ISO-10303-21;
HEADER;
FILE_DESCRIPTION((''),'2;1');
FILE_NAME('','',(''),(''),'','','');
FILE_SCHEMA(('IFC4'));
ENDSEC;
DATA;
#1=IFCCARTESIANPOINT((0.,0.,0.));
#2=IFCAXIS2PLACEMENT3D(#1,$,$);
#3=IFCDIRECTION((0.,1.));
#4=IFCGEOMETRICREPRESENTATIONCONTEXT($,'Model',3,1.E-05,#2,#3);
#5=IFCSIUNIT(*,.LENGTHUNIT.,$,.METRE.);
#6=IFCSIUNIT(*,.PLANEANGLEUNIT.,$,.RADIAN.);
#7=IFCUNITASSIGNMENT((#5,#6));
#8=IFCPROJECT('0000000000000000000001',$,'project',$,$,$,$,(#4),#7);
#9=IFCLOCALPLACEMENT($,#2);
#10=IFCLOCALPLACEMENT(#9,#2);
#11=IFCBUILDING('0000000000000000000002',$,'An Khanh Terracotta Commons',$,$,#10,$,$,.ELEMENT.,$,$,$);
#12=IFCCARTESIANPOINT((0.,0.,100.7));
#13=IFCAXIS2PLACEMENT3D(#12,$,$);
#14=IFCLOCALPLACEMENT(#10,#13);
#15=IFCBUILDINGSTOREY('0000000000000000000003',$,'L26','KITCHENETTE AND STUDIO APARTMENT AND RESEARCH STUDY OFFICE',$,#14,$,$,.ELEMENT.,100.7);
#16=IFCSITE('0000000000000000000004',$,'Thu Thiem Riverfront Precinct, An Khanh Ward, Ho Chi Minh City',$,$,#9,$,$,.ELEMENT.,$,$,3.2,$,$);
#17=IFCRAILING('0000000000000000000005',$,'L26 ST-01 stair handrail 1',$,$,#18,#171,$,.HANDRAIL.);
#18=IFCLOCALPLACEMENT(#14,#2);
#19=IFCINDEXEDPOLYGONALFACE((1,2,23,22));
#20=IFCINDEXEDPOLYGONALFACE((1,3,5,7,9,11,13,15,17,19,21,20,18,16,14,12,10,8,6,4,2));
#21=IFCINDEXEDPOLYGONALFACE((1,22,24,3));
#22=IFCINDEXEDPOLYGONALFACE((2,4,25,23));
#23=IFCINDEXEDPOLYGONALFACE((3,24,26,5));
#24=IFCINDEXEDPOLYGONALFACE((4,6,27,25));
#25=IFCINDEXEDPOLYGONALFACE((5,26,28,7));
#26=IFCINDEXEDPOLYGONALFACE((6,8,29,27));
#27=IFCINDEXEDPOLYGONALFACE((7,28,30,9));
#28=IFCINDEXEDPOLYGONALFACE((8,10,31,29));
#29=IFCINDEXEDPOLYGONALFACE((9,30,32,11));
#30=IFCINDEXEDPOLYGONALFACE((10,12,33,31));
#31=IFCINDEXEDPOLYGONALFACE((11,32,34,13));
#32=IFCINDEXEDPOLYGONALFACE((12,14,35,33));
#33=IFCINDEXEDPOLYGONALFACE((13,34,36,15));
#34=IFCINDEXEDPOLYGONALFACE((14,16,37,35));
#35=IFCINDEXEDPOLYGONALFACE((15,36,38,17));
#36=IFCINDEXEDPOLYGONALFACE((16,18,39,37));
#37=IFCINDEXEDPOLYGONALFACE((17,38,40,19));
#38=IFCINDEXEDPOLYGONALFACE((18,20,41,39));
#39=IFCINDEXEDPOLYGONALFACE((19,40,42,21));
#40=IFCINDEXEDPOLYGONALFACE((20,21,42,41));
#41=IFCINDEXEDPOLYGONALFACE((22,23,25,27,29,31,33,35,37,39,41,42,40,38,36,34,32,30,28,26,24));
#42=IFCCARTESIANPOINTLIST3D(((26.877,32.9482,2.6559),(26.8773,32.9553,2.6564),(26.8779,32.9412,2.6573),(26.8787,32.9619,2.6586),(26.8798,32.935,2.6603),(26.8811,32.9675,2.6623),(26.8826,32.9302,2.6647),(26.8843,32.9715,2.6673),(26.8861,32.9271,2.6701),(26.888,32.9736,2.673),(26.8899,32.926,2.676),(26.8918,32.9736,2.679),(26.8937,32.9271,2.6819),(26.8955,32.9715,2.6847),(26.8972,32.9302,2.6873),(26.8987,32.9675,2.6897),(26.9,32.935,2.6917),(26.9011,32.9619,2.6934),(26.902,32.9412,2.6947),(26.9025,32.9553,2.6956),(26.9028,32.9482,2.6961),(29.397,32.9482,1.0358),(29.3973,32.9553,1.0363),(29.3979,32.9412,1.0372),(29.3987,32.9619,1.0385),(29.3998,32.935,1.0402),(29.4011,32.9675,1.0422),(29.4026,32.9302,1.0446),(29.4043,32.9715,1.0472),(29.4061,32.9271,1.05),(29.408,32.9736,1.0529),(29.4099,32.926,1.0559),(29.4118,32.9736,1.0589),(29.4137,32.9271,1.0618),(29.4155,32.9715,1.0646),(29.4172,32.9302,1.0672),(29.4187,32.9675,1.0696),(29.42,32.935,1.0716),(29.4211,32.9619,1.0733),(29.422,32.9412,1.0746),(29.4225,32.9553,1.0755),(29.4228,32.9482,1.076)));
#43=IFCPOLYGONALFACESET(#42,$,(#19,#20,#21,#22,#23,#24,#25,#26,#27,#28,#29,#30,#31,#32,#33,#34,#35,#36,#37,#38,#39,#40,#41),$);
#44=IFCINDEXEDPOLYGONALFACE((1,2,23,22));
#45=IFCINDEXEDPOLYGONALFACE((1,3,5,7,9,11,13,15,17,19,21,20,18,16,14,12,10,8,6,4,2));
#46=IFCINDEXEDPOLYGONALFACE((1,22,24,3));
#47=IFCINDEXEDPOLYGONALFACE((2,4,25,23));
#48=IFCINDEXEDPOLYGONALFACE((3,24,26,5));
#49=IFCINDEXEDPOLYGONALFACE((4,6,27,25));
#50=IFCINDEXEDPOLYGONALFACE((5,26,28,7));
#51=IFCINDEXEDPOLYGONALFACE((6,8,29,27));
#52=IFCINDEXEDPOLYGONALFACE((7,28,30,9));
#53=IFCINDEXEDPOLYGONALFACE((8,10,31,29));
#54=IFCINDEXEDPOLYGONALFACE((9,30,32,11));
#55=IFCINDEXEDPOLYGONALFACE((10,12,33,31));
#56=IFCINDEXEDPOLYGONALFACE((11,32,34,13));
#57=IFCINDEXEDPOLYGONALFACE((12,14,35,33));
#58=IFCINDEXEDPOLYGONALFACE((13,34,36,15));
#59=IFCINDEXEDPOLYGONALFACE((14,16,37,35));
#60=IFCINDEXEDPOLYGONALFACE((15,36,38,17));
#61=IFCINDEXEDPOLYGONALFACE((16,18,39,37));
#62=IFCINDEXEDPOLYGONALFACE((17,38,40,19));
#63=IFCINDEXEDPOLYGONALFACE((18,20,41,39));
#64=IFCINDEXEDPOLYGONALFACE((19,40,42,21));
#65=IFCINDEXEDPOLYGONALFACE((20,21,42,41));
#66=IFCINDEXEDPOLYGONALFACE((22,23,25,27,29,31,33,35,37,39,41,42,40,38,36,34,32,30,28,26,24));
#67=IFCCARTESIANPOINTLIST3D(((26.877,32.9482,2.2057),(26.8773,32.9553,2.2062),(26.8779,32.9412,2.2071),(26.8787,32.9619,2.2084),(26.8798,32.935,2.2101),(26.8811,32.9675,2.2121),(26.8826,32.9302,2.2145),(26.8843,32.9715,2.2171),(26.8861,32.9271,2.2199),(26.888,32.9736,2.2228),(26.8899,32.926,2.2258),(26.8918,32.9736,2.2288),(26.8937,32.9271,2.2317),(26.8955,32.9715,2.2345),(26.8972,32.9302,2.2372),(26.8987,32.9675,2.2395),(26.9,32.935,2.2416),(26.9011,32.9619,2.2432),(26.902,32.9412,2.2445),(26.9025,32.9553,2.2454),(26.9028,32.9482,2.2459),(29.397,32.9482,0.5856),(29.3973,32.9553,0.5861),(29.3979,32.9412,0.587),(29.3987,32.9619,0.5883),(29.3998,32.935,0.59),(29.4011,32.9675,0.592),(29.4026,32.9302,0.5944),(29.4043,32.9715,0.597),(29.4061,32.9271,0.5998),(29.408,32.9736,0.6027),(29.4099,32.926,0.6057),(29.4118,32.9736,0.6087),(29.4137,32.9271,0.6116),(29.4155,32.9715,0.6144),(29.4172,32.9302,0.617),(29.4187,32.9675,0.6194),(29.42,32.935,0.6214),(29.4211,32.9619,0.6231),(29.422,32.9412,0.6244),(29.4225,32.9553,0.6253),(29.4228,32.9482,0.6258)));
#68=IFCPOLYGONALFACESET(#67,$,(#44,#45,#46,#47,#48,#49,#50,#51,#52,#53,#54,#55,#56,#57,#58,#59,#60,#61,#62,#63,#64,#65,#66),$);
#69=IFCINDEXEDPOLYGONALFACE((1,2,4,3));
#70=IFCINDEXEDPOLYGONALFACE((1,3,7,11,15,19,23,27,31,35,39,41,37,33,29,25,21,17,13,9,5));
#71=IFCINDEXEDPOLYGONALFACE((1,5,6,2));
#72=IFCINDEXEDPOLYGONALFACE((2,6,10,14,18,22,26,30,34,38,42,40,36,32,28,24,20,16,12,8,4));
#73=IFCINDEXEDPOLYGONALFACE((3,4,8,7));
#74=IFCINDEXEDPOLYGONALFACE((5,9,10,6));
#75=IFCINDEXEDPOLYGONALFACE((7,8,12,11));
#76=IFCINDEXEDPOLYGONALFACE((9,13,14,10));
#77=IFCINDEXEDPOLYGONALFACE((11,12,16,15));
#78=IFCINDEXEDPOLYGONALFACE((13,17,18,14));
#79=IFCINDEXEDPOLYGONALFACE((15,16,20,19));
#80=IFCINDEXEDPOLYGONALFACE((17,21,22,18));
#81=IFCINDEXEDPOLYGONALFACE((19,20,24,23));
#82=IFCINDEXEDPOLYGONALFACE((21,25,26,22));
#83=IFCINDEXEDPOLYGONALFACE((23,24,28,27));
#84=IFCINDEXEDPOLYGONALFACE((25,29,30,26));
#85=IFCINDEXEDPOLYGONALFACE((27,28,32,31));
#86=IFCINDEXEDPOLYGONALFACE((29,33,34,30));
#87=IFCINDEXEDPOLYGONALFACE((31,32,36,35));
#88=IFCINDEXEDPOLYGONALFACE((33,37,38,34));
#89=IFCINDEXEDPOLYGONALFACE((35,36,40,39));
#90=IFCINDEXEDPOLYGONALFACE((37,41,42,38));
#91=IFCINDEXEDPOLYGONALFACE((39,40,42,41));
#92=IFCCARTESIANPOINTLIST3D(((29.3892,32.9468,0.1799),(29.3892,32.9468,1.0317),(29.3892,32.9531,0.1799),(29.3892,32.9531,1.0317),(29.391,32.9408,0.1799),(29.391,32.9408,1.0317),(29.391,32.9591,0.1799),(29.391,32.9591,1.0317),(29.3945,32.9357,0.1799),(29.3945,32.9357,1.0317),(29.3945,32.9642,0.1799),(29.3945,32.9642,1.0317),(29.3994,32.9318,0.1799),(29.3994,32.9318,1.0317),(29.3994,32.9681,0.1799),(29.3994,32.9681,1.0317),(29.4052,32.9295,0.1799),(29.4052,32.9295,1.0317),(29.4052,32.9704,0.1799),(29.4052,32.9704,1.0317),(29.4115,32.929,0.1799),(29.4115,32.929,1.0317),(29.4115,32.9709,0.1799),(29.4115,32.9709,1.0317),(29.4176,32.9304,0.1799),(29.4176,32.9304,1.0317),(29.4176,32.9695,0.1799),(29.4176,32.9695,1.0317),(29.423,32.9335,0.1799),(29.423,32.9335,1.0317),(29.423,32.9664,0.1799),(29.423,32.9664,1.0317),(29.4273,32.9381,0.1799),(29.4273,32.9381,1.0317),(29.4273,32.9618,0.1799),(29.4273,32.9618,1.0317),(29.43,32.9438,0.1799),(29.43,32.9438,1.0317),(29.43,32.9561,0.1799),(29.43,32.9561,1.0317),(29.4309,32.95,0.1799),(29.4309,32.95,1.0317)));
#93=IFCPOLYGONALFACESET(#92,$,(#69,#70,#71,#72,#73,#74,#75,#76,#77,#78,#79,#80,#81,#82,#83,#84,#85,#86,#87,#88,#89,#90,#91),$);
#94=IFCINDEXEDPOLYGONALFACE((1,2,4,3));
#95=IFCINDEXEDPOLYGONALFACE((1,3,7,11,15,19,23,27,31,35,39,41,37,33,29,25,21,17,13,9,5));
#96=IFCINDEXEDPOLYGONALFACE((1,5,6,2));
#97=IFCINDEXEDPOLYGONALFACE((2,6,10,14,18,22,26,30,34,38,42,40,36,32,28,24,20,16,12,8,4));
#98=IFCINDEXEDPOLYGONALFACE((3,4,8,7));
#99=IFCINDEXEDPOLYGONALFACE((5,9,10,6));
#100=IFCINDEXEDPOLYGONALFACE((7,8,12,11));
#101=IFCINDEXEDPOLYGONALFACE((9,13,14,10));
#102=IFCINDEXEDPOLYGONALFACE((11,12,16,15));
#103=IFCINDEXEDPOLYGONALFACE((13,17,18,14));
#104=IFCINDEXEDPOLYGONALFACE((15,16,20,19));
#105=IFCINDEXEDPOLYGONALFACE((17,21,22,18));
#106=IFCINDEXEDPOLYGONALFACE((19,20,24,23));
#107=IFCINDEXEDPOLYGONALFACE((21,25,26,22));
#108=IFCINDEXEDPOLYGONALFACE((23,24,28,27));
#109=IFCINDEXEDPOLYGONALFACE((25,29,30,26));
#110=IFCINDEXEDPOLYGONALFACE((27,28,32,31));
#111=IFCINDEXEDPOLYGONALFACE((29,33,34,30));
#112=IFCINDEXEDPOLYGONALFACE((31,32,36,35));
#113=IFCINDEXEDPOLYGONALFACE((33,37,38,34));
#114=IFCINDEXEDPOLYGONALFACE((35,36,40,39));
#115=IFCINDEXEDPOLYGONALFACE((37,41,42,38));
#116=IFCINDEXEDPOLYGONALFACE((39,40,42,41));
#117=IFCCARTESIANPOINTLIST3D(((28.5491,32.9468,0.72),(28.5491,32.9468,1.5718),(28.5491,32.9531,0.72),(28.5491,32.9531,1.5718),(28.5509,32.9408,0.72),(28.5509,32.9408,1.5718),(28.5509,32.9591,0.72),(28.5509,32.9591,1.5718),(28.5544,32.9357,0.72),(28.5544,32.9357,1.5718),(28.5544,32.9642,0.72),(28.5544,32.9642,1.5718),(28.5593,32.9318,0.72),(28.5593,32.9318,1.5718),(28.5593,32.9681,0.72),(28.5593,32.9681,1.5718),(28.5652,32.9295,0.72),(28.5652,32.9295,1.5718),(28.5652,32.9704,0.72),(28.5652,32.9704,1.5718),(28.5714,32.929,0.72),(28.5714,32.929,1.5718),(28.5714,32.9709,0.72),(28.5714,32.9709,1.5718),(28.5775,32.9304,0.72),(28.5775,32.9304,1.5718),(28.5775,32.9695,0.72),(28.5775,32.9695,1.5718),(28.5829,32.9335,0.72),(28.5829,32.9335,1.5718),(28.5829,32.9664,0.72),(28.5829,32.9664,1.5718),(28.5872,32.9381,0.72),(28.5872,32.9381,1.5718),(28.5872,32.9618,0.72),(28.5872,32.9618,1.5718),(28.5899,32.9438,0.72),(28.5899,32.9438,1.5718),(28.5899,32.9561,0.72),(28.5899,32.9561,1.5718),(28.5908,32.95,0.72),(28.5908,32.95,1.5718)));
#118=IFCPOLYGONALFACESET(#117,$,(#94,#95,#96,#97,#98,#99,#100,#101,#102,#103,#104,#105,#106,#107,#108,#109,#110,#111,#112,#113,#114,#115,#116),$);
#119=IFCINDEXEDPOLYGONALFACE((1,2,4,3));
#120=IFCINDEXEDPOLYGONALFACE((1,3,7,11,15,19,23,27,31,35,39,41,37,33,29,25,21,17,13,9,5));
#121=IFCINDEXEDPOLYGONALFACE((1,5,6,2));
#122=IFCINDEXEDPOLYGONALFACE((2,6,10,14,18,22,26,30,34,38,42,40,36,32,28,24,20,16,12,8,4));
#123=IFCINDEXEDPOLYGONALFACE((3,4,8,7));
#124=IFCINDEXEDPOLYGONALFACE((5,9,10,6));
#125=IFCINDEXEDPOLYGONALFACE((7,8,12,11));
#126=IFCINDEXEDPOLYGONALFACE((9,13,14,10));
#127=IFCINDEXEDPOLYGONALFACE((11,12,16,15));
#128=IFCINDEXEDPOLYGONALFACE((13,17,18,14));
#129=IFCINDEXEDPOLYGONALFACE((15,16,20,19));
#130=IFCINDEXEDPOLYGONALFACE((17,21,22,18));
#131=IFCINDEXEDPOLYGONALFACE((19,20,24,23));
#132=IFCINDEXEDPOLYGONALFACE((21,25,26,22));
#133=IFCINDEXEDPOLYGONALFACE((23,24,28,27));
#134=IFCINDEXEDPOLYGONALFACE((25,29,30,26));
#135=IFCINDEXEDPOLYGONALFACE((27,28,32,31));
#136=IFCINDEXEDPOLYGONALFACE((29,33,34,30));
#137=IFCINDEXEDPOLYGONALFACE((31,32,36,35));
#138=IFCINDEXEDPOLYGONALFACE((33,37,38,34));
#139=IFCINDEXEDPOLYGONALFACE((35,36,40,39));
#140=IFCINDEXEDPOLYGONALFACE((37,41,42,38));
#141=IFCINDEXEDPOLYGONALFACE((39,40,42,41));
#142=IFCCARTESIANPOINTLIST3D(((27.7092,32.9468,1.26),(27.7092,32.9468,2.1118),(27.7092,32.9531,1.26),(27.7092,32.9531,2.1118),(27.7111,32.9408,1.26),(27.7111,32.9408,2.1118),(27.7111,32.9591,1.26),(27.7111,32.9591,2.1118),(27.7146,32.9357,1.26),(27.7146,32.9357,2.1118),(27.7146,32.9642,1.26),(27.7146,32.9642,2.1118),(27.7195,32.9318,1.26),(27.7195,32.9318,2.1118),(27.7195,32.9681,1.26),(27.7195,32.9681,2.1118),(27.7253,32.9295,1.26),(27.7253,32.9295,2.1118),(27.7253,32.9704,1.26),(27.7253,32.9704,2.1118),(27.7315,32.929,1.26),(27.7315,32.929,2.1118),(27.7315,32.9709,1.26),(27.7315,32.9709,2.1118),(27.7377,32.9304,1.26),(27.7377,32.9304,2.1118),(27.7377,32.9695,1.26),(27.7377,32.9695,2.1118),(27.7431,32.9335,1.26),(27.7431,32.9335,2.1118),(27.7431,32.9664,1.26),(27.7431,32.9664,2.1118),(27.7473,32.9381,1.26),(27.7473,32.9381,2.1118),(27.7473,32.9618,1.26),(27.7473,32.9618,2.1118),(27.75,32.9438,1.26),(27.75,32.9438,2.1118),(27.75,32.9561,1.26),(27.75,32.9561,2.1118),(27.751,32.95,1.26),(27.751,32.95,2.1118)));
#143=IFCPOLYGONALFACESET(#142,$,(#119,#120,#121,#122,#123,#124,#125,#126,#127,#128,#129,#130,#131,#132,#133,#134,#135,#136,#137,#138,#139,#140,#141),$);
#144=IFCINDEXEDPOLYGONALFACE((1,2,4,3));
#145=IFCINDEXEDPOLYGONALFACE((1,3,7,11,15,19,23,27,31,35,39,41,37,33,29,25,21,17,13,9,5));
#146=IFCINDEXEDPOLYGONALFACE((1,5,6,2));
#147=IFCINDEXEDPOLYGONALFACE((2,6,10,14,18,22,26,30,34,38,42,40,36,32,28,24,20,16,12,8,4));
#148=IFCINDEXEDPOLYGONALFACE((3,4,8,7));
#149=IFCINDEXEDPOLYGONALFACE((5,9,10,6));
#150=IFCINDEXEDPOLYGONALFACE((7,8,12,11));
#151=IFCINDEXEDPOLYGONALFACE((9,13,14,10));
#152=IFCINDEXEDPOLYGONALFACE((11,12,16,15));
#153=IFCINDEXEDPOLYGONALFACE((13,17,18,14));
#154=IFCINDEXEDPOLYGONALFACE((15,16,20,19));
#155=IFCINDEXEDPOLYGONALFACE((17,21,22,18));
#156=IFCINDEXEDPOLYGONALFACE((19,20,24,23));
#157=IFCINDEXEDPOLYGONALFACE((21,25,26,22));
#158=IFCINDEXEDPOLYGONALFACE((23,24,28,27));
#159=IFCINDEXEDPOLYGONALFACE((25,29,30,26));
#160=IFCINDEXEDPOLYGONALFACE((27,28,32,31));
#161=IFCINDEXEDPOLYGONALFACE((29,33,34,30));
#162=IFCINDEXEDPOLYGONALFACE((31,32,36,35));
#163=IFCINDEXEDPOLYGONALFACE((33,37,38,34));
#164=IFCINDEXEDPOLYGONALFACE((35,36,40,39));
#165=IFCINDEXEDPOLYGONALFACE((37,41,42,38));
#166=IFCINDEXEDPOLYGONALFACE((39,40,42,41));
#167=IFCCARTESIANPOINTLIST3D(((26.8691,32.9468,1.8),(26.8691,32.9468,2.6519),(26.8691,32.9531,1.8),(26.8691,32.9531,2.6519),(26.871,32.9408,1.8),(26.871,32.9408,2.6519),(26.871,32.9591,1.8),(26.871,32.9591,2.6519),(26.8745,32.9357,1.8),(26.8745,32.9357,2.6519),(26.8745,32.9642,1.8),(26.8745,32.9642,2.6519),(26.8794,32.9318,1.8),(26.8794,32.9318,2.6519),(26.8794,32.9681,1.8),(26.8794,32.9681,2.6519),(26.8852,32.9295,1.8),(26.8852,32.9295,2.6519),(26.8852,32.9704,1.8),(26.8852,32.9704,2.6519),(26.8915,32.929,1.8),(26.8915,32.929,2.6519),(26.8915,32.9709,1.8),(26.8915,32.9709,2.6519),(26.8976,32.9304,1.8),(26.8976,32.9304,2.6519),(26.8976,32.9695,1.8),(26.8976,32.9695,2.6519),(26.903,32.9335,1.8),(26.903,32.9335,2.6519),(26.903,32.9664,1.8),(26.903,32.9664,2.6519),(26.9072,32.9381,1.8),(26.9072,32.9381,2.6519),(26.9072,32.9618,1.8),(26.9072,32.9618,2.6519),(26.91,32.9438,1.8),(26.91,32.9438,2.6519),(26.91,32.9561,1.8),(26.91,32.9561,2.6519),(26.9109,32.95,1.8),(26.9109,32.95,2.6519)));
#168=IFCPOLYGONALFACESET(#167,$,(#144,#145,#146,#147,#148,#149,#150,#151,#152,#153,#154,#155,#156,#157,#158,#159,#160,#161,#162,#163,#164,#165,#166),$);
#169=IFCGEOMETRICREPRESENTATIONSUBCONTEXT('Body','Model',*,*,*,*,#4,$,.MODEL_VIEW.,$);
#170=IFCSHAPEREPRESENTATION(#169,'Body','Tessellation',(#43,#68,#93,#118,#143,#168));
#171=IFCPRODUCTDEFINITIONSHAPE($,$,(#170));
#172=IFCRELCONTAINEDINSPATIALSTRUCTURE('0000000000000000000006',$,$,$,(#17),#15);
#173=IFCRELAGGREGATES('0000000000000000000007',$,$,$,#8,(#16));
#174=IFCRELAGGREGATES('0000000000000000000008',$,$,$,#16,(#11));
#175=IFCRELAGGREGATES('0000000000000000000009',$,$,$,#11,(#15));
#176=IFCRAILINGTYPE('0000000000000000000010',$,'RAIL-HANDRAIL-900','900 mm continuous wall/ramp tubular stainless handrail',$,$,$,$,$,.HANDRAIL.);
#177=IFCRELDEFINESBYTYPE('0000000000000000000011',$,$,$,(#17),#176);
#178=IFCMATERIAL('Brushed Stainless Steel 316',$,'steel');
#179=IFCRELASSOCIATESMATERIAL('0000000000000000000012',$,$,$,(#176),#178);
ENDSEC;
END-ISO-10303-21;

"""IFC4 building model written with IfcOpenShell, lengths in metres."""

from ifc_helpers import new_model, si_unit, direction, frame, origin, origin_2d, place, context, subcontext, project, spatial, circle, extrude, material, type_object, element, save


model = new_model("IFC4")

# Units and contexts
model_context = context("Model", 3, precision=1e-05, world=origin(), true_north=direction((0.0, 1.0)))
body_context = subcontext(model_context, "Body", "Model", "MODEL_VIEW")
ifc_project = project(units=[si_unit("LENGTHUNIT", "METRE"), si_unit("PLANEANGLEUNIT", "RADIAN")], contexts=[model_context])

# Site, building, storey
site_placement = place(None, origin())
site = spatial("IfcSite", under=ifc_project, at=site_placement, Name="Thu Thiem Riverfront Precinct, An Khanh Ward, Ho Chi Minh City", CompositionType="ELEMENT", RefElevation=3.2)
building_placement = place(site_placement, origin())
building = spatial("IfcBuilding", under=site, at=building_placement, Name="An Khanh Terracotta Commons", CompositionType="ELEMENT")
storey_placement = place(building_placement, frame((0.0, 0.0, 100.7)))
storey = spatial("IfcBuildingStorey", under=building, at=storey_placement, Name="L26", Description="KITCHENETTE AND STUDIO APARTMENT AND RESEARCH STUDY OFFICE", CompositionType="ELEMENT", Elevation=100.7)

# Railing
ifc_material_1 = material(Name="Brushed Stainless Steel 316", Category="steel")
railing_type_1 = type_object("IfcRailingType", Name="RAIL-HANDRAIL-900", Description="900 mm continuous wall/ramp tubular stainless handrail", PredefinedType="HANDRAIL", material=ifc_material_1)
railing_1_placement = place(storey_placement, frame((29.4099, 32.95, 0.1799)))
element("IfcRailing", 1, at=railing_1_placement, inside=storey, type_object=railing_type_1, Name="L26 ST-01 stair handrail 1", PredefinedType="HANDRAIL", context=body_context, shape_type="SweptSolid", body=[
    extrude(circle(Radius=0.0239, at=origin_2d()), frame((0.0, 0.0, 0.876), z_axis=(-0.841163, 0.0, 0.540782), x_axis=(0.0, -1.0, 0.0)), (0.0, 0.0, 1.0), 2.9958),
    extrude(circle(Radius=0.0239, at=origin_2d()), frame((0.0, 0.0, 0.4258), z_axis=(-0.841163, 0.0, 0.540782), x_axis=(0.0, -1.0, 0.0)), (0.0, 0.0, 1.0), 2.9958),
    extrude(circle(Radius=0.021, at=origin_2d()), origin(), (0.0, 0.0, 1.0), 0.8518),
    extrude(circle(Radius=0.021, at=origin_2d()), frame((-0.8401, 0.0, 0.54)), (0.0, 0.0, 1.0), 0.8518),
    extrude(circle(Radius=0.021, at=origin_2d()), frame((-1.6799, 0.0, 1.0801)), (0.0, 0.0, 1.0), 0.8518),
    extrude(circle(Radius=0.021, at=origin_2d()), frame((-2.52, 0.0, 1.6201)), (0.0, 0.0, 1.0), 0.8518),
])

save(model, "model.ifc")
